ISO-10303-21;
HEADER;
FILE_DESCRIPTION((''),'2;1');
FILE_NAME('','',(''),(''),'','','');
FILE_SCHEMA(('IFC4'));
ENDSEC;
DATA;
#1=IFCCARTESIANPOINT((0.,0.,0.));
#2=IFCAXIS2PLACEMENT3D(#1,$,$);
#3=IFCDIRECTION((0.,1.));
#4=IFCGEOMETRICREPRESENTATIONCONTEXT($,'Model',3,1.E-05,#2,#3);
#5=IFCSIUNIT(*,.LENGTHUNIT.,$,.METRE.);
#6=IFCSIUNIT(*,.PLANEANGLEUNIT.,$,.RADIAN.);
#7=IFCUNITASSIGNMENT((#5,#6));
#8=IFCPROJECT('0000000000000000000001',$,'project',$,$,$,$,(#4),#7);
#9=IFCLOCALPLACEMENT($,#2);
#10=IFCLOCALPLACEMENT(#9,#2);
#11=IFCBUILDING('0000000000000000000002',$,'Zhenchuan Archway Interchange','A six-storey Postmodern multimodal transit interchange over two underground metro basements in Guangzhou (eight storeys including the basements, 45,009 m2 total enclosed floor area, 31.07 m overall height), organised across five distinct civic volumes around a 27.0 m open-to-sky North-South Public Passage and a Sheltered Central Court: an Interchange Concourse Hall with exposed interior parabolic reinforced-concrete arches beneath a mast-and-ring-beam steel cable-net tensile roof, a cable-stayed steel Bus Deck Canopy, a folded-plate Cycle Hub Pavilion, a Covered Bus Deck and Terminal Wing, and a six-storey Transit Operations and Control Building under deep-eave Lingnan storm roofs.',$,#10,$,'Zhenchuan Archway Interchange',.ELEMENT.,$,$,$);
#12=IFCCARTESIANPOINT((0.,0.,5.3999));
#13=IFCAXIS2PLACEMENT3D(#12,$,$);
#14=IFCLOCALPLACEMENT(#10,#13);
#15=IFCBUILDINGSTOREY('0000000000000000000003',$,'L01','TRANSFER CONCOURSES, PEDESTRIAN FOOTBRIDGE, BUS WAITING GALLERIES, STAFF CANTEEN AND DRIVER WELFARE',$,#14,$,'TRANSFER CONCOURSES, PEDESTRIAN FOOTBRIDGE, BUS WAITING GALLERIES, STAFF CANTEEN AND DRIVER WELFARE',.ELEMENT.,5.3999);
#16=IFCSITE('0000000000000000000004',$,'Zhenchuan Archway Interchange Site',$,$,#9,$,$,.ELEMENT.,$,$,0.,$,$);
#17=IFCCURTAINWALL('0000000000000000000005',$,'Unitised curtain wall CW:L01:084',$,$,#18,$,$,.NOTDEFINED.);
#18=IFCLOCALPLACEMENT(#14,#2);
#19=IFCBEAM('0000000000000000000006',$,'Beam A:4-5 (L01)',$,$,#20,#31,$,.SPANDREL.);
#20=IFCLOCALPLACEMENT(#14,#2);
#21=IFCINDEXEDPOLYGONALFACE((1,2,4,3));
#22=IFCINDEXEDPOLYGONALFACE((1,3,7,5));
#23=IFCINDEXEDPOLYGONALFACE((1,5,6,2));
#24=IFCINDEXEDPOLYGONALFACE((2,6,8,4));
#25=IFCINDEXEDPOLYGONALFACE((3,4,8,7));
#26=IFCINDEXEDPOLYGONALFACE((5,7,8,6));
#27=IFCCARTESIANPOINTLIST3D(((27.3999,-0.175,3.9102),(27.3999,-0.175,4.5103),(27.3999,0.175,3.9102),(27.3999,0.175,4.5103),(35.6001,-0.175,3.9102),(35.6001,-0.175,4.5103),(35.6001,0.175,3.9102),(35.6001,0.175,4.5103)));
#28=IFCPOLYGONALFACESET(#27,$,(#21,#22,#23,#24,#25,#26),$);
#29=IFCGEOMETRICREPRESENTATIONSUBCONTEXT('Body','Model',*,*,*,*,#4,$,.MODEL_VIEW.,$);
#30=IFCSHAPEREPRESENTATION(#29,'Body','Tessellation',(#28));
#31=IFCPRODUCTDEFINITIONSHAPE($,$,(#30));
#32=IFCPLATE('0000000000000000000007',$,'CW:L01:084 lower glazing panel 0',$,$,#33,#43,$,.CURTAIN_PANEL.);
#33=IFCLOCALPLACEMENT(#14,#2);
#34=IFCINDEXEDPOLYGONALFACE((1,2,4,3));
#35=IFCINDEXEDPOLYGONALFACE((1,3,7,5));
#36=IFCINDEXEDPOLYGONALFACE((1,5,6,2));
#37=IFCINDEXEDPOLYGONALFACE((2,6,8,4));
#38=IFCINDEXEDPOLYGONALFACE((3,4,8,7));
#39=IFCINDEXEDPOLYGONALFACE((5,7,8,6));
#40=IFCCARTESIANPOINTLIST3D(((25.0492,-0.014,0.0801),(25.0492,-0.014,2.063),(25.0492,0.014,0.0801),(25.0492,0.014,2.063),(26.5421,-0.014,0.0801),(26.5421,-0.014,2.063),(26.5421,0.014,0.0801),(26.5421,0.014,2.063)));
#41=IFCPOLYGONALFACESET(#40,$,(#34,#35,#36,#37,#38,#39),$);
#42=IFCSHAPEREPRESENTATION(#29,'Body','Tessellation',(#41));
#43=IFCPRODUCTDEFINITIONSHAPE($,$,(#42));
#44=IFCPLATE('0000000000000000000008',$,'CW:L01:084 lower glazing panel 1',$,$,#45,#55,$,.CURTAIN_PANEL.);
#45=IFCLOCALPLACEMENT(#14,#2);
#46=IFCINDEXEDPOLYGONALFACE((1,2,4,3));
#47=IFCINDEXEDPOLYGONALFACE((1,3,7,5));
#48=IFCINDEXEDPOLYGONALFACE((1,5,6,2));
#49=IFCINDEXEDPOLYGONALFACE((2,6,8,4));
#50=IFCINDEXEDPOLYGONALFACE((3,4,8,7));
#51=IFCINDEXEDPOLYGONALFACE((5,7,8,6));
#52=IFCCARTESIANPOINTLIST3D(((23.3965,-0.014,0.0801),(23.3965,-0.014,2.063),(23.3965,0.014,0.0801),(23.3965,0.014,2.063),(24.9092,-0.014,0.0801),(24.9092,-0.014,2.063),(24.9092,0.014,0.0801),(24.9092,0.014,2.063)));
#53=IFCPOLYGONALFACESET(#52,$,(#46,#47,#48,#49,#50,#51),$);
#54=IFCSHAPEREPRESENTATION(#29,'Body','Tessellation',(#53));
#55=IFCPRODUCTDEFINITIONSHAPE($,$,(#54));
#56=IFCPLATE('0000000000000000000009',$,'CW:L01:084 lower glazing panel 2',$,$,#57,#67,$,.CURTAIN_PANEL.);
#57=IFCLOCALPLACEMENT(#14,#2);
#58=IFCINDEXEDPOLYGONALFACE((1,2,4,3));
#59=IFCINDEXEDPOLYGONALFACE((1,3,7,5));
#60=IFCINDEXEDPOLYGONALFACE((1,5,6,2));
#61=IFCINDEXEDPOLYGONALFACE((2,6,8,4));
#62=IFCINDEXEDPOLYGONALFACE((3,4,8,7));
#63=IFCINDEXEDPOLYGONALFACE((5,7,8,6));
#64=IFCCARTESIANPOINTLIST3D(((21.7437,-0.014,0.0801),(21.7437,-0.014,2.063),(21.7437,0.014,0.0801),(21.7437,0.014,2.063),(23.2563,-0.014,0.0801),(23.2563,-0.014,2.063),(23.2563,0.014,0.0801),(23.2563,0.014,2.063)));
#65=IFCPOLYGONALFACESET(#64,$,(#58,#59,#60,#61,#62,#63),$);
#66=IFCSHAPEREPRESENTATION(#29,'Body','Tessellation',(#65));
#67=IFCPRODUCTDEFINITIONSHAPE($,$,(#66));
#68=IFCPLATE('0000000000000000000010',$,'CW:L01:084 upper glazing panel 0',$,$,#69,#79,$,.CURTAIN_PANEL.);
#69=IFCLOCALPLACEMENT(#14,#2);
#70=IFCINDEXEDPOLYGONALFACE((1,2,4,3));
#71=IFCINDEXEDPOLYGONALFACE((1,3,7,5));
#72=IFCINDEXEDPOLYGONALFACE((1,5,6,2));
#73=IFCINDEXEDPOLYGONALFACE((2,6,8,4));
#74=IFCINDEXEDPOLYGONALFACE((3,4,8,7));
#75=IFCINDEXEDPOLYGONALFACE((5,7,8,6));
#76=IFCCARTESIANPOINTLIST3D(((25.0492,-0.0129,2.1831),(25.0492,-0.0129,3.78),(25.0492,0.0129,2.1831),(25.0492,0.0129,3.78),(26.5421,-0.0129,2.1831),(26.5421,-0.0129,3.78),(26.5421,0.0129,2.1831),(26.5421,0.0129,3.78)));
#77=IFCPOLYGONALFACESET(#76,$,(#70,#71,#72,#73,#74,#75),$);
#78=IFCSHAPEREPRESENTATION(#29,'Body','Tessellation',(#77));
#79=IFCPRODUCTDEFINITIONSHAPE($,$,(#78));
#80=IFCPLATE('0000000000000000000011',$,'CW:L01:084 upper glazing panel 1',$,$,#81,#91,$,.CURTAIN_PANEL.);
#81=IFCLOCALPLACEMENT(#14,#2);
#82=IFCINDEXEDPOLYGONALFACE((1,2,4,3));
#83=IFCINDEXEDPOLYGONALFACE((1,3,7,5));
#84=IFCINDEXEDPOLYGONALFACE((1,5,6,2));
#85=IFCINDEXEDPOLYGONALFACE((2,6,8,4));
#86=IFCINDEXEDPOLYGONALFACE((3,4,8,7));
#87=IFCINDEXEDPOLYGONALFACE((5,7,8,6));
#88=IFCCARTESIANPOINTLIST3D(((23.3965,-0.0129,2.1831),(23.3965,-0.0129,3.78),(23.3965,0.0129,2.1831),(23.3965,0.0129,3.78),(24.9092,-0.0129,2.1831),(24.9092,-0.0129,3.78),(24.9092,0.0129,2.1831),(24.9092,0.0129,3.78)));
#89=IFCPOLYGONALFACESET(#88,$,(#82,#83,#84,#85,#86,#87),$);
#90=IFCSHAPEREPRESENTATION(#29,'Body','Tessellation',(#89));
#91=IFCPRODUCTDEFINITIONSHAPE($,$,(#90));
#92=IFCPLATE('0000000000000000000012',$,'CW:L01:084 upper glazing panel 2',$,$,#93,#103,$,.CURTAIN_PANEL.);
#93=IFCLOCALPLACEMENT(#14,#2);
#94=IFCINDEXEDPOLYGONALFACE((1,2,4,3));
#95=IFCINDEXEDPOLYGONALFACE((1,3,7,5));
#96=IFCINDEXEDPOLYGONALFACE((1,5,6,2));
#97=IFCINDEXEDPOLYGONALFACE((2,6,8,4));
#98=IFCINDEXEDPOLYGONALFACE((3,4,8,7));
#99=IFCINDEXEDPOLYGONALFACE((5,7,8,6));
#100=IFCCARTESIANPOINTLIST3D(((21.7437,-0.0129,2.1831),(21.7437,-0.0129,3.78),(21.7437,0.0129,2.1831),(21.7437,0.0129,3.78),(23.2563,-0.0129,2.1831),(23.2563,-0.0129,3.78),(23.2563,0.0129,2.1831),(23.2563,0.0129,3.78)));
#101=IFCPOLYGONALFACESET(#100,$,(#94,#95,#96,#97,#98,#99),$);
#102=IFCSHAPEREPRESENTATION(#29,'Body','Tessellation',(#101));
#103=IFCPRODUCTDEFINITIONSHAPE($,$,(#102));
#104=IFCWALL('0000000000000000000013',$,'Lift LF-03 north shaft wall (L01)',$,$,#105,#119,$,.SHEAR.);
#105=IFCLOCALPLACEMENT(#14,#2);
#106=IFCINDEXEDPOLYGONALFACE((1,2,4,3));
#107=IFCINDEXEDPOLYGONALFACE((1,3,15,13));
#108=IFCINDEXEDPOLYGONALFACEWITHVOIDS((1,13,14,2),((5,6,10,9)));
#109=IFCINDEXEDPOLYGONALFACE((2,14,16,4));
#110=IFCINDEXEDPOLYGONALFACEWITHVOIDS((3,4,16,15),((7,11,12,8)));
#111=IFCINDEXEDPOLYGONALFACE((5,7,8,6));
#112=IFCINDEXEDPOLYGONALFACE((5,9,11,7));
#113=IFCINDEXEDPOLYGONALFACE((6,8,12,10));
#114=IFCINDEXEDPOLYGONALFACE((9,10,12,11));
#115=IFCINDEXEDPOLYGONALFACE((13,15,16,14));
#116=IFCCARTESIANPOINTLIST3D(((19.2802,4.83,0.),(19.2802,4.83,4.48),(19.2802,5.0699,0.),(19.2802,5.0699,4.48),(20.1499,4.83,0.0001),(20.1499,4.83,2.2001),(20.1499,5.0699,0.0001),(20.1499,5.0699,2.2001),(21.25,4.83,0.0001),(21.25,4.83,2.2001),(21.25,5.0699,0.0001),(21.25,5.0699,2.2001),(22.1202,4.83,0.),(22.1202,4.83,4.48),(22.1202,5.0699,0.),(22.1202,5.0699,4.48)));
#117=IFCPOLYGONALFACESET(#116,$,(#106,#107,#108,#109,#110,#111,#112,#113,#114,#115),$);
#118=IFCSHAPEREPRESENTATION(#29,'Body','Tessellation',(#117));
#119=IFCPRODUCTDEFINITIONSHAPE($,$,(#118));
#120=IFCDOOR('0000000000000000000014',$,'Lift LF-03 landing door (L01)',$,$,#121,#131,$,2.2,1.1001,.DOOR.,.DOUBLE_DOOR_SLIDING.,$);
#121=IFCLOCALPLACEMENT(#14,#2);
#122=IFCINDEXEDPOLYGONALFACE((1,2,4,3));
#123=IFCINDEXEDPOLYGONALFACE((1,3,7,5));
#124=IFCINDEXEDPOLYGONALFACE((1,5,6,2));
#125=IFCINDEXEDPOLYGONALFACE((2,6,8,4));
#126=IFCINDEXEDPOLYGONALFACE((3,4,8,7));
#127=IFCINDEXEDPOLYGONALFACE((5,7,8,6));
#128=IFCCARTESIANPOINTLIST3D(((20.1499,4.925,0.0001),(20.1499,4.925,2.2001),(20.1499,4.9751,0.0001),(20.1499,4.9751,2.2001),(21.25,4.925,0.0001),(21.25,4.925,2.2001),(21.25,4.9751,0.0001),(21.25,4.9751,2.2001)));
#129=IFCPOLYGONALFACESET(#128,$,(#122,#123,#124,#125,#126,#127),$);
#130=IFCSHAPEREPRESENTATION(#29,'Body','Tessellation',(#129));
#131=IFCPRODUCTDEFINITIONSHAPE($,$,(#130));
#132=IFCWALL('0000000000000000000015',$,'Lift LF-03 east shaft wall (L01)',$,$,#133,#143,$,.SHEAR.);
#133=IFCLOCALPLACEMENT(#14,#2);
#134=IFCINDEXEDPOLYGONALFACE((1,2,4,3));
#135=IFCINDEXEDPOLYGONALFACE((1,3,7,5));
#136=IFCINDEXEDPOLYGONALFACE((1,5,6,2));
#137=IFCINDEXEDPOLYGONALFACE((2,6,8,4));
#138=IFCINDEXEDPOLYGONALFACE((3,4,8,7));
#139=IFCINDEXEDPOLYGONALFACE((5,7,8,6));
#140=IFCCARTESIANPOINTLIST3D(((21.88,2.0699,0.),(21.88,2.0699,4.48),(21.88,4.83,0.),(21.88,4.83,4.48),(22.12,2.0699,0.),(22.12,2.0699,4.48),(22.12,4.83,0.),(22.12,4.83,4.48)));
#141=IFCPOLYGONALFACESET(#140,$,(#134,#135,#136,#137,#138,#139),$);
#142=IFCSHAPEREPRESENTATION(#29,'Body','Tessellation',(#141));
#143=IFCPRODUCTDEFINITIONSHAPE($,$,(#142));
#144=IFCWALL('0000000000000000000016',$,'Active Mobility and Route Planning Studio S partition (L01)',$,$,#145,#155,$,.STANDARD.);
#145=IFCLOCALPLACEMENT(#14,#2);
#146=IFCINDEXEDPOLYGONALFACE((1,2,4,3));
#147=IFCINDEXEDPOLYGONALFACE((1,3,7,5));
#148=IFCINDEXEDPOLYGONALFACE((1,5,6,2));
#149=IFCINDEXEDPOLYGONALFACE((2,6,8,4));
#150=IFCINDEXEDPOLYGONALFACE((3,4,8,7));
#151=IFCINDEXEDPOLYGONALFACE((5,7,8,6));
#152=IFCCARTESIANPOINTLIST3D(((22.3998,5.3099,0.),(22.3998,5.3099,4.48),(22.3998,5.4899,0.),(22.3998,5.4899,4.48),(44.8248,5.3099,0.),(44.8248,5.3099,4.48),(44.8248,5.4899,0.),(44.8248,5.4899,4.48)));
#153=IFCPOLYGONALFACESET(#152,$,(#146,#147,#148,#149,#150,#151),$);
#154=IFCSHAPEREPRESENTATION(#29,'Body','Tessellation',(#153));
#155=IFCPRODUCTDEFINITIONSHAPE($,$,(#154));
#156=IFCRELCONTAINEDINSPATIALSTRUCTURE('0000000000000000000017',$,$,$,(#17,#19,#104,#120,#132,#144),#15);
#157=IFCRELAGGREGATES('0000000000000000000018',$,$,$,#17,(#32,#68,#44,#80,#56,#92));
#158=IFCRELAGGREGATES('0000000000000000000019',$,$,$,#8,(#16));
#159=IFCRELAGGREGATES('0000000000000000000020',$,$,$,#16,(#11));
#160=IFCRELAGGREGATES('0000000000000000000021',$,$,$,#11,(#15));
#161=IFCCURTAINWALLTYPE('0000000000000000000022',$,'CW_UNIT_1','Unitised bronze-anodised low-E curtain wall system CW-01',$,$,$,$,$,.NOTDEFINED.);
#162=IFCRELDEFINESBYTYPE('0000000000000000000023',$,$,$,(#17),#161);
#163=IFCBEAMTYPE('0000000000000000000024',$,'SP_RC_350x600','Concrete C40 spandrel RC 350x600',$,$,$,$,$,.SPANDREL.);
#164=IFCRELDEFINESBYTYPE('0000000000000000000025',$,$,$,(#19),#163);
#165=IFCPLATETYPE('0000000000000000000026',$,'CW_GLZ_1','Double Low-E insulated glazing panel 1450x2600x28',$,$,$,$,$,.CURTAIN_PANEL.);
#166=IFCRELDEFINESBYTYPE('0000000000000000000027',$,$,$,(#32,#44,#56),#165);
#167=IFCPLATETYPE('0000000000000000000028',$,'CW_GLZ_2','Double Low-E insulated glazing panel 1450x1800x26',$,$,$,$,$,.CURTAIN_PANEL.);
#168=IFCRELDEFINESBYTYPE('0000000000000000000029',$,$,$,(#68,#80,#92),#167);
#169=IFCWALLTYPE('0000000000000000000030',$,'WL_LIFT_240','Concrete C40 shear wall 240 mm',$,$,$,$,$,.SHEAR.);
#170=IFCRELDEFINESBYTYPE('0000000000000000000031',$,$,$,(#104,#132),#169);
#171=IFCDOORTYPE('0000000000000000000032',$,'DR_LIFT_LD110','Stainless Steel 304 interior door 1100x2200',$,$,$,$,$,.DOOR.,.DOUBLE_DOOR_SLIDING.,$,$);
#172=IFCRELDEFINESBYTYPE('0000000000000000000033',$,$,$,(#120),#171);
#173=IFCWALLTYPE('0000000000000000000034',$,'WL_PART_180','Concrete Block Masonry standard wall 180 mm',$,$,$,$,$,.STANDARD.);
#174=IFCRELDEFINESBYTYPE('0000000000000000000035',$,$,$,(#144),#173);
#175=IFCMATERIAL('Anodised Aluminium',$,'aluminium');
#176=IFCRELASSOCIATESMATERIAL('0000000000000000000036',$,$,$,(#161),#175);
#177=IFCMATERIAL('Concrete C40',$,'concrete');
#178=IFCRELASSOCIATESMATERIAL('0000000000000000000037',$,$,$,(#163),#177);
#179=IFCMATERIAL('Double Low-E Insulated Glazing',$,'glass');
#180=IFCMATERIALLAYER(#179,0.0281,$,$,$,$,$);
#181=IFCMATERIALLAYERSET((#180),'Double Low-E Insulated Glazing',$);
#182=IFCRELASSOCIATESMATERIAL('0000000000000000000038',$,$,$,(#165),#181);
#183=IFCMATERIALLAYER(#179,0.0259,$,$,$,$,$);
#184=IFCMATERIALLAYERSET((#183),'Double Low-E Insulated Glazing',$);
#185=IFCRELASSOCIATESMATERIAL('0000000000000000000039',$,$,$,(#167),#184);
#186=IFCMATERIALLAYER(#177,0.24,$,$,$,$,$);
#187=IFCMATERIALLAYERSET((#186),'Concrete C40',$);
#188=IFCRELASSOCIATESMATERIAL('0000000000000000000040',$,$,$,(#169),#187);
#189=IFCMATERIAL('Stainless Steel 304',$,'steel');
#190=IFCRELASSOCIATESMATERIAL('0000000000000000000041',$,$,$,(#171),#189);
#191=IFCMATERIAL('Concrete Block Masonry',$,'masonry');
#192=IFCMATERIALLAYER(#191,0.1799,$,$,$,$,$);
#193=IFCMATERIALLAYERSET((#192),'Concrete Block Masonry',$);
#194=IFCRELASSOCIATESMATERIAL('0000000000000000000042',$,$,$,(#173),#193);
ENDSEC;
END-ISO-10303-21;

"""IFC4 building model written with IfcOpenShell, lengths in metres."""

from ifc_helpers import new_model, si_unit, direction, frame, frame_2d, origin, origin_2d, place, context, subcontext, project, spatial, rectangle, extrude, material, layer, layer_set, material_profile, profile_set, type_object, element, fill, aggregate, save


model = new_model("IFC4")

# Units and contexts
model_context = context("Model", 3, precision=1e-05, world=origin(), true_north=direction((0.0, 1.0)))
body_context = subcontext(model_context, "Body", "Model", "MODEL_VIEW")
ifc_project = project(units=[si_unit("LENGTHUNIT", "METRE"), si_unit("PLANEANGLEUNIT", "RADIAN")], contexts=[model_context])

# Site, building, storey
site_placement = place(None, origin())
site = spatial("IfcSite", under=ifc_project, at=site_placement, Name="Zhenchuan Archway Interchange Site", CompositionType="ELEMENT", RefElevation=0.0)
building_placement = place(site_placement, origin())
building = spatial("IfcBuilding", under=site, at=building_placement, Name="Zhenchuan Archway Interchange", Description="A six-storey Postmodern multimodal transit interchange over two underground metro basements in Guangzhou (eight storeys including the basements, 45,009 m2 total enclosed floor area, 31.07 m overall height), organised across five distinct civic volumes around a 27.0 m open-to-sky North-South Public Passage and a Sheltered Central Court: an Interchange Concourse Hall with exposed interior parabolic reinforced-concrete arches beneath a mast-and-ring-beam steel cable-net tensile roof, a cable-stayed steel Bus Deck Canopy, a folded-plate Cycle Hub Pavilion, a Covered Bus Deck and Terminal Wing, and a six-storey Transit Operations and Control Building under deep-eave Lingnan storm roofs.", LongName="Zhenchuan Archway Interchange", CompositionType="ELEMENT")
storey_placement = place(building_placement, frame((0.0, 0.0, 5.3999)))
storey = spatial("IfcBuildingStorey", under=building, at=storey_placement, Name="L01", Description="TRANSFER CONCOURSES, PEDESTRIAN FOOTBRIDGE, BUS WAITING GALLERIES, STAFF CANTEEN AND DRIVER WELFARE", LongName="TRANSFER CONCOURSES, PEDESTRIAN FOOTBRIDGE, BUS WAITING GALLERIES, STAFF CANTEEN AND DRIVER WELFARE", CompositionType="ELEMENT", Elevation=5.3999)

# Shared definitions
ifc_material_1 = material(Name="Concrete C40", Category="concrete")

# Curtain wall
ifc_material_2 = material(Name="Anodised Aluminium", Category="aluminium")
curtain_wall_type = type_object("IfcCurtainWallType", Name="CW_UNIT_1", Description="Unitised bronze-anodised low-E curtain wall system CW-01", PredefinedType="NOTDEFINED", material=ifc_material_2)
curtain_wall_placement = place(storey_placement, origin())
curtain_wall = element("IfcCurtainWall", 1, at=curtain_wall_placement, inside=storey, type_object=curtain_wall_type, Name="Unitised curtain wall CW:L01:084", PredefinedType="NOTDEFINED")

# Beam
ifc_material_profile_1 = material_profile(ifc_material_1, rectangle(XDim=0.3501, YDim=0.6001, at=origin_2d()), Name="RC 350x600")
ifc_profile_set_1 = profile_set([ifc_material_profile_1], Name="Concrete C40")
beam_type_1 = type_object("IfcBeamType", Name="SP_RC_350x600", Description="Concrete C40 spandrel RC 350x600", PredefinedType="SPANDREL", material=ifc_profile_set_1)
beam_1_placement = place(storey_placement, frame((27.3999, 0.0, 4.2102), z_axis=(1.0, 0.0, 0.0), x_axis=(0.0, 1.0, 0.0)))
element("IfcBeam", 2, at=beam_1_placement, inside=storey, type_object=beam_type_1, Name="Beam A:4-5 (L01)", PredefinedType="SPANDREL", context=body_context, shape_type="SweptSolid", body=[
    extrude(rectangle(XDim=0.3501, YDim=0.6001, at=origin_2d()), origin(), (0.0, 0.0, 1.0), 8.2002),
])

# Plates
ifc_material_3 = material(Name="Double Low-E Insulated Glazing", Category="glass")
ifc_layer_1 = layer(ifc_material_3, 0.0281)
ifc_layer_set_1 = layer_set([ifc_layer_1], Name="Double Low-E Insulated Glazing")
plate_type_1 = type_object("IfcPlateType", Name="CW_GLZ_1", Description="Double Low-E insulated glazing panel 1450x2600x28", PredefinedType="CURTAIN_PANEL", material=ifc_layer_set_1)
plate_1_placement = place(storey_placement, frame((25.7957, 0.0, 0.0801), z_axis=(0.0, 0.0, 1.0), x_axis=(-1.0, 0.0, 0.0)))
plate_1 = element("IfcPlate", 3, at=plate_1_placement, type_object=plate_type_1, Name="CW:L01:084 lower glazing panel 0", PredefinedType="CURTAIN_PANEL", context=body_context, shape_type="SweptSolid", body=[
    extrude(rectangle(XDim=1.4929, YDim=0.0281, at=origin_2d()), origin(), (0.0, 0.0, 1.0), 1.9829),
])
plate_2_placement = place(storey_placement, frame((24.1528, 0.0, 0.0801), z_axis=(0.0, 0.0, 1.0), x_axis=(-1.0, 0.0, 0.0)))
plate_2 = element("IfcPlate", 4, at=plate_2_placement, type_object=plate_type_1, Name="CW:L01:084 lower glazing panel 1", PredefinedType="CURTAIN_PANEL", context=body_context, shape_type="SweptSolid", body=[
    extrude(rectangle(XDim=1.5127, YDim=0.0281, at=origin_2d()), origin(), (0.0, 0.0, 1.0), 1.9829),
])
plate_3_placement = place(storey_placement, frame((22.5, 0.0, 0.0801), z_axis=(0.0, 0.0, 1.0), x_axis=(-1.0, 0.0, 0.0)))
plate_3 = element("IfcPlate", 5, at=plate_3_placement, type_object=plate_type_1, Name="CW:L01:084 lower glazing panel 2", PredefinedType="CURTAIN_PANEL", context=body_context, shape_type="SweptSolid", body=[
    extrude(rectangle(XDim=1.5127, YDim=0.0281, at=origin_2d()), origin(), (0.0, 0.0, 1.0), 1.9829),
])
ifc_layer_2 = layer(ifc_material_3, 0.0259)
ifc_layer_set_2 = layer_set([ifc_layer_2], Name="Double Low-E Insulated Glazing")
plate_type_2 = type_object("IfcPlateType", Name="CW_GLZ_2", Description="Double Low-E insulated glazing panel 1450x1800x26", PredefinedType="CURTAIN_PANEL", material=ifc_layer_set_2)
plate_4_placement = place(storey_placement, frame((25.7957, 0.0, 2.1831), z_axis=(0.0, 0.0, 1.0), x_axis=(-1.0, 0.0, 0.0)))
plate_4 = element("IfcPlate", 6, at=plate_4_placement, type_object=plate_type_2, Name="CW:L01:084 upper glazing panel 0", PredefinedType="CURTAIN_PANEL", context=body_context, shape_type="SweptSolid", body=[
    extrude(rectangle(XDim=1.4929, YDim=0.0259, at=origin_2d()), origin(), (0.0, 0.0, 1.0), 1.5969),
])
plate_5_placement = place(storey_placement, frame((24.1528, 0.0, 2.1831), z_axis=(0.0, 0.0, 1.0), x_axis=(-1.0, 0.0, 0.0)))
plate_5 = element("IfcPlate", 7, at=plate_5_placement, type_object=plate_type_2, Name="CW:L01:084 upper glazing panel 1", PredefinedType="CURTAIN_PANEL", context=body_context, shape_type="SweptSolid", body=[
    extrude(rectangle(XDim=1.5127, YDim=0.0259, at=origin_2d()), origin(), (0.0, 0.0, 1.0), 1.5969),
])
plate_6_placement = place(storey_placement, frame((22.5, 0.0, 2.1831), z_axis=(0.0, 0.0, 1.0), x_axis=(-1.0, 0.0, 0.0)))
plate_6 = element("IfcPlate", 8, at=plate_6_placement, type_object=plate_type_2, Name="CW:L01:084 upper glazing panel 2", PredefinedType="CURTAIN_PANEL", context=body_context, shape_type="SweptSolid", body=[
    extrude(rectangle(XDim=1.5127, YDim=0.0259, at=origin_2d()), origin(), (0.0, 0.0, 1.0), 1.5969),
])
aggregate(curtain_wall, [plate_1, plate_4, plate_2, plate_5, plate_3, plate_6])

# Wall, opening, door
ifc_layer_3 = layer(ifc_material_1, 0.24)
ifc_layer_set_3 = layer_set([ifc_layer_3], Name="Concrete C40")
wall_type_1 = type_object("IfcWallType", Name="WL_LIFT_240", Description="Concrete C40 shear wall 240 mm", PredefinedType="SHEAR", material=ifc_layer_set_3)
wall_1_placement = place(storey_placement, frame((22.1201, 4.95, 0.0), z_axis=(0.0, 0.0, 1.0), x_axis=(-1.0, 0.0, 0.0)))
wall_1 = element("IfcWall", 9, at=wall_1_placement, inside=storey, type_object=wall_type_1, Name="Lift LF-03 north shaft wall (L01)", PredefinedType="SHEAR", context=body_context, shape_type="SweptSolid", body=[
    extrude(rectangle(XDim=2.8401, YDim=0.24, at=frame_2d((1.4199, 0.0))), origin(), (0.0, 0.0, 1.0), 4.48),
])
opening_placement = place(wall_1_placement, frame((0.8701, 0.0, 0.0)))
opening = element("IfcOpeningElement", 10, at=opening_placement, cuts=wall_1, PredefinedType="OPENING", context=body_context, shape_type="SweptSolid", body=[
    extrude(rectangle(XDim=1.1001, YDim=2.2, at=frame_2d((0.55, 1.1001))), frame((0.0, 0.1318, 0.0), z_axis=(0.0, -1.0, 0.0), x_axis=(1.0, 0.0, 0.0)), (0.0, 0.0, 1.0), 0.2639),
])
ifc_material_4 = material(Name="Stainless Steel 304", Category="steel")
door_type = type_object("IfcDoorType", Name="DR_LIFT_LD110", Description="Stainless Steel 304 interior door 1100x2200", OperationType="DOUBLE_DOOR_SLIDING", PredefinedType="DOOR", material=ifc_material_4)
door_placement = place(opening_placement, origin())
door = element("IfcDoor", 11, at=door_placement, inside=storey, type_object=door_type, Name="Lift LF-03 landing door (L01)", OperationType="DOUBLE_DOOR_SLIDING", OverallHeight=2.2, OverallWidth=1.1001, PredefinedType="DOOR", context=body_context, shape_type="SweptSolid", body=[
    extrude(rectangle(XDim=1.1001, YDim=2.2, at=frame_2d((0.55, 1.1001))), frame((0.0, 0.0249, 0.0), z_axis=(0.0, -1.0, 0.0), x_axis=(1.0, 0.0, 0.0)), (0.0, 0.0, 1.0), 0.05),
])
fill(opening, door)

# Walls
wall_2_placement = place(storey_placement, frame((22.0, 2.0701, 0.0), z_axis=(0.0, 0.0, 1.0), x_axis=(0.0, 1.0, 0.0)))
element("IfcWall", 12, at=wall_2_placement, inside=storey, type_object=wall_type_1, Name="Lift LF-03 east shaft wall (L01)", PredefinedType="SHEAR", context=body_context, shape_type="SweptSolid", body=[
    extrude(rectangle(XDim=2.76, YDim=0.24, at=frame_2d((1.3799, 0.0))), origin(), (0.0, 0.0, 1.0), 4.48),
])
ifc_material_5 = material(Name="Concrete Block Masonry", Category="masonry")
ifc_layer_4 = layer(ifc_material_5, 0.1799)
ifc_layer_set_4 = layer_set([ifc_layer_4], Name="Concrete Block Masonry")
wall_type_2 = type_object("IfcWallType", Name="WL_PART_180", Description="Concrete Block Masonry standard wall 180 mm", PredefinedType="STANDARD", material=ifc_layer_set_4)
wall_3_placement = place(storey_placement, frame((22.3999, 5.3999, 0.0), z_axis=(0.0, 0.0, 1.0), x_axis=(1.0, 0.0, 0.0)))
element("IfcWall", 13, at=wall_3_placement, inside=storey, type_object=wall_type_2, Name="Active Mobility and Route Planning Studio S partition (L01)", PredefinedType="STANDARD", context=body_context, shape_type="SweptSolid", body=[
    extrude(rectangle(XDim=22.425, YDim=0.1799, at=frame_2d((11.2124, 0.0))), origin(), (0.0, 0.0, 1.0), 4.48),
])

save(model, "model.ifc")
